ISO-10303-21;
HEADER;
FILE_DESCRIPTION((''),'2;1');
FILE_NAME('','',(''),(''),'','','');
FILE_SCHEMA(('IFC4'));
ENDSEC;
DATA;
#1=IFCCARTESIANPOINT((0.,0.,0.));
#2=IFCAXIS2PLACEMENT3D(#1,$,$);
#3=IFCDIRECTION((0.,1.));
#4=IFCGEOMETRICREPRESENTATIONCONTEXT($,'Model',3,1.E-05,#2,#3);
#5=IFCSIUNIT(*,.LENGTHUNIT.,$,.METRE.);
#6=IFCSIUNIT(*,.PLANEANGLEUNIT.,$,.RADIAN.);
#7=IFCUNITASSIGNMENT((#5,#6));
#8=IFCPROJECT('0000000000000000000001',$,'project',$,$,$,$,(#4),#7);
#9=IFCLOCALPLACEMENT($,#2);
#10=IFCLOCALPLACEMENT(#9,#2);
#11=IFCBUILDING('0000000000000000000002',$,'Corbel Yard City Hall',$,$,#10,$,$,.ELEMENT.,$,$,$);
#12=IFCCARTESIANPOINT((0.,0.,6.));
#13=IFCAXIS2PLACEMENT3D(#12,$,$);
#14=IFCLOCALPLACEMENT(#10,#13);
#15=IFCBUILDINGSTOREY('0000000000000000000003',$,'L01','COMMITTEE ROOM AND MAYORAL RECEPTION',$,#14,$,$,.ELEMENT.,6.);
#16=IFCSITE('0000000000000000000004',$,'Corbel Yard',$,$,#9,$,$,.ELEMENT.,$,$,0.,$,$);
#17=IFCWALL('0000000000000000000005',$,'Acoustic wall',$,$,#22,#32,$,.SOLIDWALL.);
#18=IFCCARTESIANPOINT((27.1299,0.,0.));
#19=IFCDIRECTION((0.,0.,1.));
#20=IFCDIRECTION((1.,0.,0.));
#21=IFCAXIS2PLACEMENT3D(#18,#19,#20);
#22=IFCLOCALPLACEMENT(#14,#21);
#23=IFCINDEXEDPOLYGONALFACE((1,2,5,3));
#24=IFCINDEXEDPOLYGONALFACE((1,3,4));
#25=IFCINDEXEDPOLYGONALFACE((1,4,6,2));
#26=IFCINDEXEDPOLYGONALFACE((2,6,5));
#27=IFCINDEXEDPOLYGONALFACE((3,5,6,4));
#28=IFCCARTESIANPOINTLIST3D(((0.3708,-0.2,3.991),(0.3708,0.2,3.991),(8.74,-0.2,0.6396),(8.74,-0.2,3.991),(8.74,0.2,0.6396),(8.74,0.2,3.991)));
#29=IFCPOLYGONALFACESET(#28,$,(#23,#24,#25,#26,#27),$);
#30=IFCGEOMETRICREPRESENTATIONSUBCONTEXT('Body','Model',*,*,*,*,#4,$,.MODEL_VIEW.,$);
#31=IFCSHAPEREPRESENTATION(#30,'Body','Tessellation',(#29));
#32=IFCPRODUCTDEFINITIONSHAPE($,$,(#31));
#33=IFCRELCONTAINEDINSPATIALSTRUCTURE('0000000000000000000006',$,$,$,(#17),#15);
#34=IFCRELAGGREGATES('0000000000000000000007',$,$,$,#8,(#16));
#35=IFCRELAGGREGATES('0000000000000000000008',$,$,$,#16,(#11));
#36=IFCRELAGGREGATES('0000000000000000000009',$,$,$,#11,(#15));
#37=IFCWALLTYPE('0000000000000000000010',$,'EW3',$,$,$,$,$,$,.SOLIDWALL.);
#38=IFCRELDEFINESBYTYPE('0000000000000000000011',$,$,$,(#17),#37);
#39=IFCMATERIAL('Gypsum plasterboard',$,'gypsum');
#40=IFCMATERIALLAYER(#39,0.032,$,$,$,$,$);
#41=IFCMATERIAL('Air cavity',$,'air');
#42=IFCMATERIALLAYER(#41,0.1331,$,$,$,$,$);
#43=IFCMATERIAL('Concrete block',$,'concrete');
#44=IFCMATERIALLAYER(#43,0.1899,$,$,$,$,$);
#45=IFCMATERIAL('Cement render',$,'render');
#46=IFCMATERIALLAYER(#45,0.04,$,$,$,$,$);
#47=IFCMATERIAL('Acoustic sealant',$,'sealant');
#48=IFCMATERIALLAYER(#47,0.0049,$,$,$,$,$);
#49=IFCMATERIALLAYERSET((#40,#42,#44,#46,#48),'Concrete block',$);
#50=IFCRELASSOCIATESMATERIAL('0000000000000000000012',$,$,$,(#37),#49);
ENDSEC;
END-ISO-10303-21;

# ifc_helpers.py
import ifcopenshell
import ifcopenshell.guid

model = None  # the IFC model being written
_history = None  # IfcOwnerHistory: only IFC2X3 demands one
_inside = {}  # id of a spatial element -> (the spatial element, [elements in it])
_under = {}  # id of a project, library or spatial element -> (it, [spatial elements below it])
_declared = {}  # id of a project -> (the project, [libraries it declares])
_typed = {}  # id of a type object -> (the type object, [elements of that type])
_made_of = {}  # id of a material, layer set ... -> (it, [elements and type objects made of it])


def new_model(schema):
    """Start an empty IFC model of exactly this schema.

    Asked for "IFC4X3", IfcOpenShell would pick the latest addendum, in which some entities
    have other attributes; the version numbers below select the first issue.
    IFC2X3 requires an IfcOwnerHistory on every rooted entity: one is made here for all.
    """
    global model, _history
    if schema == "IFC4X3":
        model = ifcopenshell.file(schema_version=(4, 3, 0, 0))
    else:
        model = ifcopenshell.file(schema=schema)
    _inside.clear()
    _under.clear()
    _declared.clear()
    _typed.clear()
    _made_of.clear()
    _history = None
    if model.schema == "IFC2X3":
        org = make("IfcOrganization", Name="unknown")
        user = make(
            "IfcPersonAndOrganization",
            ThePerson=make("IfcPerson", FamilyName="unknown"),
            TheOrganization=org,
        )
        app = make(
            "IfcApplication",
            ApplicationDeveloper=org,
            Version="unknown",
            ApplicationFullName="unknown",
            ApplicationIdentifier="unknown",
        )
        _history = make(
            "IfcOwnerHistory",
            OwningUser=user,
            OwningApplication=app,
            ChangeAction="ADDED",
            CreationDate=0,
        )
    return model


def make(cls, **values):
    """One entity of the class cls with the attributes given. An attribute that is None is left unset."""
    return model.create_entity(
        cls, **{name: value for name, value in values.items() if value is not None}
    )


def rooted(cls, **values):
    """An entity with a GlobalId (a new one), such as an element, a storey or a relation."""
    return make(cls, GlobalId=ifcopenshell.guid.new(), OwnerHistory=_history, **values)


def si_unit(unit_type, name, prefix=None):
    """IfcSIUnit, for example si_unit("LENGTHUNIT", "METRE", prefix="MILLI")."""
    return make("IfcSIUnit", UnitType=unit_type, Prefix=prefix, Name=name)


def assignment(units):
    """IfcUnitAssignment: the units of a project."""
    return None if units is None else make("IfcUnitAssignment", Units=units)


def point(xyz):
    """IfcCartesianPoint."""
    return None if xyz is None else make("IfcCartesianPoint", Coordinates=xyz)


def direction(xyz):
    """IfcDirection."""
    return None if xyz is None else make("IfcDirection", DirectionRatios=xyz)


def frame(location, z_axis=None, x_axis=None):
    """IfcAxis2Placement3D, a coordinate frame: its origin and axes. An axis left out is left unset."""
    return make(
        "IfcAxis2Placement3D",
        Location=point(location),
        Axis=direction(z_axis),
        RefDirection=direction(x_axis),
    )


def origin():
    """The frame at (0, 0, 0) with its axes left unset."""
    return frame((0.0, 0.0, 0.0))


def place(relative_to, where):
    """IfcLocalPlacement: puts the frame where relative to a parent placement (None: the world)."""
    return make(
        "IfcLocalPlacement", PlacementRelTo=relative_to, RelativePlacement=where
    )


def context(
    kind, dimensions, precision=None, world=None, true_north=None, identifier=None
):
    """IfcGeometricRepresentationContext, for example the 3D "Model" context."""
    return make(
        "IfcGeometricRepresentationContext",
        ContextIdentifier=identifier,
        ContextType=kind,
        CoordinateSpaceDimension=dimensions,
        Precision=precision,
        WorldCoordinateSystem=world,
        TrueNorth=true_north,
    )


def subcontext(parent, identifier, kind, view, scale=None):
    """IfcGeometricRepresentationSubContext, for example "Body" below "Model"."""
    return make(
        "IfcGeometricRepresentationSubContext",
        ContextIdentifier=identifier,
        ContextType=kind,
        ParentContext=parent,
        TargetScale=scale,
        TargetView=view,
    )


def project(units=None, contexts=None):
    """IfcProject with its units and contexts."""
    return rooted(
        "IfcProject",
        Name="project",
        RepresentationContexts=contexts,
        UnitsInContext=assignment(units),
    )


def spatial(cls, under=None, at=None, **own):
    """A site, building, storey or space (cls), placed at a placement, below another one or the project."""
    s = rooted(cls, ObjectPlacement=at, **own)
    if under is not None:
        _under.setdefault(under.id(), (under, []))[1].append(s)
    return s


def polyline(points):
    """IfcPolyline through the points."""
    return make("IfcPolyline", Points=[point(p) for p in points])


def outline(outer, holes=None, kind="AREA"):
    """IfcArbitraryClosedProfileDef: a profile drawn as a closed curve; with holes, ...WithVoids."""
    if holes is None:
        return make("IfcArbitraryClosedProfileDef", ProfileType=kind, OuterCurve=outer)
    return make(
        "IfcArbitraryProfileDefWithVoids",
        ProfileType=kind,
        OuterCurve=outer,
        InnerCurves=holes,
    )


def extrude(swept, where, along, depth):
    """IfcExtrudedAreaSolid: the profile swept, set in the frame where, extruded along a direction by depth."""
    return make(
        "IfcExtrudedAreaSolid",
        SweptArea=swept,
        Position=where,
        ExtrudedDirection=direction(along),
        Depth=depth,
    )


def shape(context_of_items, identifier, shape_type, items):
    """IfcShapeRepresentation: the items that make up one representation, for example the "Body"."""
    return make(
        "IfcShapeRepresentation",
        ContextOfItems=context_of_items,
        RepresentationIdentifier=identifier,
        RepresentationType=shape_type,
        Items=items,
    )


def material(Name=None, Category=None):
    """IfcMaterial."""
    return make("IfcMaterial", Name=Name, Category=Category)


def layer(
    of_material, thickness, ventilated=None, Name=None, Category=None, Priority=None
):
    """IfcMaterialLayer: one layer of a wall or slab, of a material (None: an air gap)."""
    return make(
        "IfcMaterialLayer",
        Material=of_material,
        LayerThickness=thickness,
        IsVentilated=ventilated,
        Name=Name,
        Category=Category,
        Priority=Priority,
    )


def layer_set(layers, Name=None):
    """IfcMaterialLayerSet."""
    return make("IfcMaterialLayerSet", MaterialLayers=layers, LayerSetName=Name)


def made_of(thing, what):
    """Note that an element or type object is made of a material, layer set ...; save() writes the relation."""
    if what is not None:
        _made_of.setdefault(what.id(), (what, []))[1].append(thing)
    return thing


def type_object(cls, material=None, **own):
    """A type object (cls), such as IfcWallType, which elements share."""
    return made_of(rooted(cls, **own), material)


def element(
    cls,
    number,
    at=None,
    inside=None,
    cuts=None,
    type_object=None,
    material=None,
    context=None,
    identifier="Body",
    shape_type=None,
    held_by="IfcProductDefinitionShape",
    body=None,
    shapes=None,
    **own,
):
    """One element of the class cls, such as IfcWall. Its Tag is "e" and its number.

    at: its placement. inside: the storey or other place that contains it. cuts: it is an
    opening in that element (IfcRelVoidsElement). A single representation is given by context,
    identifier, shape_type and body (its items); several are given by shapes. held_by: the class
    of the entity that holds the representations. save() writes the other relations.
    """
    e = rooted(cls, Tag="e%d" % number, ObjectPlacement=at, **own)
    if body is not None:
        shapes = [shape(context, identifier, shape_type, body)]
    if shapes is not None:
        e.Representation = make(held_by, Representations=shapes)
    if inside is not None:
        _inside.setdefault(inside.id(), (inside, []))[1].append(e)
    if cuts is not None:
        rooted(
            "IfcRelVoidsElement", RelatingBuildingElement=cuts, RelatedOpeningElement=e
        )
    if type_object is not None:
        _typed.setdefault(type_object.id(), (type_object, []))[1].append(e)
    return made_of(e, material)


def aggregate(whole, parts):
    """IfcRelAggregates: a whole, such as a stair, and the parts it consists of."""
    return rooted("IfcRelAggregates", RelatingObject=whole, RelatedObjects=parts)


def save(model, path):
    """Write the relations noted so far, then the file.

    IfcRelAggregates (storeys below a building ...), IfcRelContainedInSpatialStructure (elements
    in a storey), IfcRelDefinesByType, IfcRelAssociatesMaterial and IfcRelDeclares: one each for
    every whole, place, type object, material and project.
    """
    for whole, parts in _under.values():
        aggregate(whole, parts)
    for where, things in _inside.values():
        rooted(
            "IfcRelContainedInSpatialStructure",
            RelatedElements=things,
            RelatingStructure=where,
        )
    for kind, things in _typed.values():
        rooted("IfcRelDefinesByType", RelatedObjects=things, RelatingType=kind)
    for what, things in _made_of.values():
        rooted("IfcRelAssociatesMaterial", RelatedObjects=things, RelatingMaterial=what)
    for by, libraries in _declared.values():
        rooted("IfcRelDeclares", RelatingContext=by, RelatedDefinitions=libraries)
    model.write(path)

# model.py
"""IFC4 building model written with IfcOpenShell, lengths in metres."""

from ifc_helpers import new_model, si_unit, direction, frame, origin, place, context, subcontext, project, spatial, polyline, outline, extrude, material, layer, layer_set, type_object, element, save


model = new_model("IFC4")

# Units and contexts
model_context = context("Model", 3, precision=1e-05, world=origin(), true_north=direction((0.0, 1.0)))
body_context = subcontext(model_context, "Body", "Model", "MODEL_VIEW")
ifc_project = project(units=[si_unit("LENGTHUNIT", "METRE"), si_unit("PLANEANGLEUNIT", "RADIAN")], contexts=[model_context])

# Site, building, storey
site_placement = place(None, origin())
site = spatial("IfcSite", under=ifc_project, at=site_placement, Name="Corbel Yard", CompositionType="ELEMENT", RefElevation=0.0)
building_placement = place(site_placement, origin())
building = spatial("IfcBuilding", under=site, at=building_placement, Name="Corbel Yard City Hall", CompositionType="ELEMENT")
storey_placement = place(building_placement, frame((0.0, 0.0, 6.0)))
storey = spatial("IfcBuildingStorey", under=building, at=storey_placement, Name="L01", Description="COMMITTEE ROOM AND MAYORAL RECEPTION", CompositionType="ELEMENT", Elevation=6.0)

# Shared definitions
ifc_material_1 = material(Name="Gypsum plasterboard", Category="gypsum")
ifc_layer_1 = layer(ifc_material_1, 0.032)
ifc_material_2 = material(Name="Air cavity", Category="air")
ifc_layer_2 = layer(ifc_material_2, 0.1331)
ifc_material_3 = material(Name="Concrete block", Category="concrete")
ifc_layer_3 = layer(ifc_material_3, 0.1899)
ifc_material_4 = material(Name="Cement render", Category="render")
ifc_layer_4 = layer(ifc_material_4, 0.04)
ifc_material_5 = material(Name="Acoustic sealant", Category="sealant")
ifc_layer_5 = layer(ifc_material_5, 0.0049)
ifc_layer_set_1 = layer_set([ifc_layer_1, ifc_layer_2, ifc_layer_3, ifc_layer_4, ifc_layer_5], Name="Concrete block")
wall_type_1 = type_object("IfcWallType", Name="EW3", PredefinedType="SOLIDWALL", material=ifc_layer_set_1)

# Wall
wall_1_placement = place(storey_placement, frame((27.1299, 0.0, 0.0), z_axis=(0.0, 0.0, 1.0), x_axis=(1.0, 0.0, 0.0)))
element("IfcWall", 1, at=wall_1_placement, inside=storey, type_object=wall_type_1, Name="Acoustic wall", PredefinedType="SOLIDWALL", context=body_context, shape_type="SweptSolid", body=[
    extrude(outline(polyline([(8.74, 3.991), (8.74, 0.6396), (0.3708, 3.991), (8.74, 3.991)])), frame((0.0, 0.2, 0.0), z_axis=(0.0, -1.0, 0.0), x_axis=(1.0, 0.0, 0.0)), (0.0, 0.0, 1.0), 0.3999),
])

save(model, "model.ifc")
